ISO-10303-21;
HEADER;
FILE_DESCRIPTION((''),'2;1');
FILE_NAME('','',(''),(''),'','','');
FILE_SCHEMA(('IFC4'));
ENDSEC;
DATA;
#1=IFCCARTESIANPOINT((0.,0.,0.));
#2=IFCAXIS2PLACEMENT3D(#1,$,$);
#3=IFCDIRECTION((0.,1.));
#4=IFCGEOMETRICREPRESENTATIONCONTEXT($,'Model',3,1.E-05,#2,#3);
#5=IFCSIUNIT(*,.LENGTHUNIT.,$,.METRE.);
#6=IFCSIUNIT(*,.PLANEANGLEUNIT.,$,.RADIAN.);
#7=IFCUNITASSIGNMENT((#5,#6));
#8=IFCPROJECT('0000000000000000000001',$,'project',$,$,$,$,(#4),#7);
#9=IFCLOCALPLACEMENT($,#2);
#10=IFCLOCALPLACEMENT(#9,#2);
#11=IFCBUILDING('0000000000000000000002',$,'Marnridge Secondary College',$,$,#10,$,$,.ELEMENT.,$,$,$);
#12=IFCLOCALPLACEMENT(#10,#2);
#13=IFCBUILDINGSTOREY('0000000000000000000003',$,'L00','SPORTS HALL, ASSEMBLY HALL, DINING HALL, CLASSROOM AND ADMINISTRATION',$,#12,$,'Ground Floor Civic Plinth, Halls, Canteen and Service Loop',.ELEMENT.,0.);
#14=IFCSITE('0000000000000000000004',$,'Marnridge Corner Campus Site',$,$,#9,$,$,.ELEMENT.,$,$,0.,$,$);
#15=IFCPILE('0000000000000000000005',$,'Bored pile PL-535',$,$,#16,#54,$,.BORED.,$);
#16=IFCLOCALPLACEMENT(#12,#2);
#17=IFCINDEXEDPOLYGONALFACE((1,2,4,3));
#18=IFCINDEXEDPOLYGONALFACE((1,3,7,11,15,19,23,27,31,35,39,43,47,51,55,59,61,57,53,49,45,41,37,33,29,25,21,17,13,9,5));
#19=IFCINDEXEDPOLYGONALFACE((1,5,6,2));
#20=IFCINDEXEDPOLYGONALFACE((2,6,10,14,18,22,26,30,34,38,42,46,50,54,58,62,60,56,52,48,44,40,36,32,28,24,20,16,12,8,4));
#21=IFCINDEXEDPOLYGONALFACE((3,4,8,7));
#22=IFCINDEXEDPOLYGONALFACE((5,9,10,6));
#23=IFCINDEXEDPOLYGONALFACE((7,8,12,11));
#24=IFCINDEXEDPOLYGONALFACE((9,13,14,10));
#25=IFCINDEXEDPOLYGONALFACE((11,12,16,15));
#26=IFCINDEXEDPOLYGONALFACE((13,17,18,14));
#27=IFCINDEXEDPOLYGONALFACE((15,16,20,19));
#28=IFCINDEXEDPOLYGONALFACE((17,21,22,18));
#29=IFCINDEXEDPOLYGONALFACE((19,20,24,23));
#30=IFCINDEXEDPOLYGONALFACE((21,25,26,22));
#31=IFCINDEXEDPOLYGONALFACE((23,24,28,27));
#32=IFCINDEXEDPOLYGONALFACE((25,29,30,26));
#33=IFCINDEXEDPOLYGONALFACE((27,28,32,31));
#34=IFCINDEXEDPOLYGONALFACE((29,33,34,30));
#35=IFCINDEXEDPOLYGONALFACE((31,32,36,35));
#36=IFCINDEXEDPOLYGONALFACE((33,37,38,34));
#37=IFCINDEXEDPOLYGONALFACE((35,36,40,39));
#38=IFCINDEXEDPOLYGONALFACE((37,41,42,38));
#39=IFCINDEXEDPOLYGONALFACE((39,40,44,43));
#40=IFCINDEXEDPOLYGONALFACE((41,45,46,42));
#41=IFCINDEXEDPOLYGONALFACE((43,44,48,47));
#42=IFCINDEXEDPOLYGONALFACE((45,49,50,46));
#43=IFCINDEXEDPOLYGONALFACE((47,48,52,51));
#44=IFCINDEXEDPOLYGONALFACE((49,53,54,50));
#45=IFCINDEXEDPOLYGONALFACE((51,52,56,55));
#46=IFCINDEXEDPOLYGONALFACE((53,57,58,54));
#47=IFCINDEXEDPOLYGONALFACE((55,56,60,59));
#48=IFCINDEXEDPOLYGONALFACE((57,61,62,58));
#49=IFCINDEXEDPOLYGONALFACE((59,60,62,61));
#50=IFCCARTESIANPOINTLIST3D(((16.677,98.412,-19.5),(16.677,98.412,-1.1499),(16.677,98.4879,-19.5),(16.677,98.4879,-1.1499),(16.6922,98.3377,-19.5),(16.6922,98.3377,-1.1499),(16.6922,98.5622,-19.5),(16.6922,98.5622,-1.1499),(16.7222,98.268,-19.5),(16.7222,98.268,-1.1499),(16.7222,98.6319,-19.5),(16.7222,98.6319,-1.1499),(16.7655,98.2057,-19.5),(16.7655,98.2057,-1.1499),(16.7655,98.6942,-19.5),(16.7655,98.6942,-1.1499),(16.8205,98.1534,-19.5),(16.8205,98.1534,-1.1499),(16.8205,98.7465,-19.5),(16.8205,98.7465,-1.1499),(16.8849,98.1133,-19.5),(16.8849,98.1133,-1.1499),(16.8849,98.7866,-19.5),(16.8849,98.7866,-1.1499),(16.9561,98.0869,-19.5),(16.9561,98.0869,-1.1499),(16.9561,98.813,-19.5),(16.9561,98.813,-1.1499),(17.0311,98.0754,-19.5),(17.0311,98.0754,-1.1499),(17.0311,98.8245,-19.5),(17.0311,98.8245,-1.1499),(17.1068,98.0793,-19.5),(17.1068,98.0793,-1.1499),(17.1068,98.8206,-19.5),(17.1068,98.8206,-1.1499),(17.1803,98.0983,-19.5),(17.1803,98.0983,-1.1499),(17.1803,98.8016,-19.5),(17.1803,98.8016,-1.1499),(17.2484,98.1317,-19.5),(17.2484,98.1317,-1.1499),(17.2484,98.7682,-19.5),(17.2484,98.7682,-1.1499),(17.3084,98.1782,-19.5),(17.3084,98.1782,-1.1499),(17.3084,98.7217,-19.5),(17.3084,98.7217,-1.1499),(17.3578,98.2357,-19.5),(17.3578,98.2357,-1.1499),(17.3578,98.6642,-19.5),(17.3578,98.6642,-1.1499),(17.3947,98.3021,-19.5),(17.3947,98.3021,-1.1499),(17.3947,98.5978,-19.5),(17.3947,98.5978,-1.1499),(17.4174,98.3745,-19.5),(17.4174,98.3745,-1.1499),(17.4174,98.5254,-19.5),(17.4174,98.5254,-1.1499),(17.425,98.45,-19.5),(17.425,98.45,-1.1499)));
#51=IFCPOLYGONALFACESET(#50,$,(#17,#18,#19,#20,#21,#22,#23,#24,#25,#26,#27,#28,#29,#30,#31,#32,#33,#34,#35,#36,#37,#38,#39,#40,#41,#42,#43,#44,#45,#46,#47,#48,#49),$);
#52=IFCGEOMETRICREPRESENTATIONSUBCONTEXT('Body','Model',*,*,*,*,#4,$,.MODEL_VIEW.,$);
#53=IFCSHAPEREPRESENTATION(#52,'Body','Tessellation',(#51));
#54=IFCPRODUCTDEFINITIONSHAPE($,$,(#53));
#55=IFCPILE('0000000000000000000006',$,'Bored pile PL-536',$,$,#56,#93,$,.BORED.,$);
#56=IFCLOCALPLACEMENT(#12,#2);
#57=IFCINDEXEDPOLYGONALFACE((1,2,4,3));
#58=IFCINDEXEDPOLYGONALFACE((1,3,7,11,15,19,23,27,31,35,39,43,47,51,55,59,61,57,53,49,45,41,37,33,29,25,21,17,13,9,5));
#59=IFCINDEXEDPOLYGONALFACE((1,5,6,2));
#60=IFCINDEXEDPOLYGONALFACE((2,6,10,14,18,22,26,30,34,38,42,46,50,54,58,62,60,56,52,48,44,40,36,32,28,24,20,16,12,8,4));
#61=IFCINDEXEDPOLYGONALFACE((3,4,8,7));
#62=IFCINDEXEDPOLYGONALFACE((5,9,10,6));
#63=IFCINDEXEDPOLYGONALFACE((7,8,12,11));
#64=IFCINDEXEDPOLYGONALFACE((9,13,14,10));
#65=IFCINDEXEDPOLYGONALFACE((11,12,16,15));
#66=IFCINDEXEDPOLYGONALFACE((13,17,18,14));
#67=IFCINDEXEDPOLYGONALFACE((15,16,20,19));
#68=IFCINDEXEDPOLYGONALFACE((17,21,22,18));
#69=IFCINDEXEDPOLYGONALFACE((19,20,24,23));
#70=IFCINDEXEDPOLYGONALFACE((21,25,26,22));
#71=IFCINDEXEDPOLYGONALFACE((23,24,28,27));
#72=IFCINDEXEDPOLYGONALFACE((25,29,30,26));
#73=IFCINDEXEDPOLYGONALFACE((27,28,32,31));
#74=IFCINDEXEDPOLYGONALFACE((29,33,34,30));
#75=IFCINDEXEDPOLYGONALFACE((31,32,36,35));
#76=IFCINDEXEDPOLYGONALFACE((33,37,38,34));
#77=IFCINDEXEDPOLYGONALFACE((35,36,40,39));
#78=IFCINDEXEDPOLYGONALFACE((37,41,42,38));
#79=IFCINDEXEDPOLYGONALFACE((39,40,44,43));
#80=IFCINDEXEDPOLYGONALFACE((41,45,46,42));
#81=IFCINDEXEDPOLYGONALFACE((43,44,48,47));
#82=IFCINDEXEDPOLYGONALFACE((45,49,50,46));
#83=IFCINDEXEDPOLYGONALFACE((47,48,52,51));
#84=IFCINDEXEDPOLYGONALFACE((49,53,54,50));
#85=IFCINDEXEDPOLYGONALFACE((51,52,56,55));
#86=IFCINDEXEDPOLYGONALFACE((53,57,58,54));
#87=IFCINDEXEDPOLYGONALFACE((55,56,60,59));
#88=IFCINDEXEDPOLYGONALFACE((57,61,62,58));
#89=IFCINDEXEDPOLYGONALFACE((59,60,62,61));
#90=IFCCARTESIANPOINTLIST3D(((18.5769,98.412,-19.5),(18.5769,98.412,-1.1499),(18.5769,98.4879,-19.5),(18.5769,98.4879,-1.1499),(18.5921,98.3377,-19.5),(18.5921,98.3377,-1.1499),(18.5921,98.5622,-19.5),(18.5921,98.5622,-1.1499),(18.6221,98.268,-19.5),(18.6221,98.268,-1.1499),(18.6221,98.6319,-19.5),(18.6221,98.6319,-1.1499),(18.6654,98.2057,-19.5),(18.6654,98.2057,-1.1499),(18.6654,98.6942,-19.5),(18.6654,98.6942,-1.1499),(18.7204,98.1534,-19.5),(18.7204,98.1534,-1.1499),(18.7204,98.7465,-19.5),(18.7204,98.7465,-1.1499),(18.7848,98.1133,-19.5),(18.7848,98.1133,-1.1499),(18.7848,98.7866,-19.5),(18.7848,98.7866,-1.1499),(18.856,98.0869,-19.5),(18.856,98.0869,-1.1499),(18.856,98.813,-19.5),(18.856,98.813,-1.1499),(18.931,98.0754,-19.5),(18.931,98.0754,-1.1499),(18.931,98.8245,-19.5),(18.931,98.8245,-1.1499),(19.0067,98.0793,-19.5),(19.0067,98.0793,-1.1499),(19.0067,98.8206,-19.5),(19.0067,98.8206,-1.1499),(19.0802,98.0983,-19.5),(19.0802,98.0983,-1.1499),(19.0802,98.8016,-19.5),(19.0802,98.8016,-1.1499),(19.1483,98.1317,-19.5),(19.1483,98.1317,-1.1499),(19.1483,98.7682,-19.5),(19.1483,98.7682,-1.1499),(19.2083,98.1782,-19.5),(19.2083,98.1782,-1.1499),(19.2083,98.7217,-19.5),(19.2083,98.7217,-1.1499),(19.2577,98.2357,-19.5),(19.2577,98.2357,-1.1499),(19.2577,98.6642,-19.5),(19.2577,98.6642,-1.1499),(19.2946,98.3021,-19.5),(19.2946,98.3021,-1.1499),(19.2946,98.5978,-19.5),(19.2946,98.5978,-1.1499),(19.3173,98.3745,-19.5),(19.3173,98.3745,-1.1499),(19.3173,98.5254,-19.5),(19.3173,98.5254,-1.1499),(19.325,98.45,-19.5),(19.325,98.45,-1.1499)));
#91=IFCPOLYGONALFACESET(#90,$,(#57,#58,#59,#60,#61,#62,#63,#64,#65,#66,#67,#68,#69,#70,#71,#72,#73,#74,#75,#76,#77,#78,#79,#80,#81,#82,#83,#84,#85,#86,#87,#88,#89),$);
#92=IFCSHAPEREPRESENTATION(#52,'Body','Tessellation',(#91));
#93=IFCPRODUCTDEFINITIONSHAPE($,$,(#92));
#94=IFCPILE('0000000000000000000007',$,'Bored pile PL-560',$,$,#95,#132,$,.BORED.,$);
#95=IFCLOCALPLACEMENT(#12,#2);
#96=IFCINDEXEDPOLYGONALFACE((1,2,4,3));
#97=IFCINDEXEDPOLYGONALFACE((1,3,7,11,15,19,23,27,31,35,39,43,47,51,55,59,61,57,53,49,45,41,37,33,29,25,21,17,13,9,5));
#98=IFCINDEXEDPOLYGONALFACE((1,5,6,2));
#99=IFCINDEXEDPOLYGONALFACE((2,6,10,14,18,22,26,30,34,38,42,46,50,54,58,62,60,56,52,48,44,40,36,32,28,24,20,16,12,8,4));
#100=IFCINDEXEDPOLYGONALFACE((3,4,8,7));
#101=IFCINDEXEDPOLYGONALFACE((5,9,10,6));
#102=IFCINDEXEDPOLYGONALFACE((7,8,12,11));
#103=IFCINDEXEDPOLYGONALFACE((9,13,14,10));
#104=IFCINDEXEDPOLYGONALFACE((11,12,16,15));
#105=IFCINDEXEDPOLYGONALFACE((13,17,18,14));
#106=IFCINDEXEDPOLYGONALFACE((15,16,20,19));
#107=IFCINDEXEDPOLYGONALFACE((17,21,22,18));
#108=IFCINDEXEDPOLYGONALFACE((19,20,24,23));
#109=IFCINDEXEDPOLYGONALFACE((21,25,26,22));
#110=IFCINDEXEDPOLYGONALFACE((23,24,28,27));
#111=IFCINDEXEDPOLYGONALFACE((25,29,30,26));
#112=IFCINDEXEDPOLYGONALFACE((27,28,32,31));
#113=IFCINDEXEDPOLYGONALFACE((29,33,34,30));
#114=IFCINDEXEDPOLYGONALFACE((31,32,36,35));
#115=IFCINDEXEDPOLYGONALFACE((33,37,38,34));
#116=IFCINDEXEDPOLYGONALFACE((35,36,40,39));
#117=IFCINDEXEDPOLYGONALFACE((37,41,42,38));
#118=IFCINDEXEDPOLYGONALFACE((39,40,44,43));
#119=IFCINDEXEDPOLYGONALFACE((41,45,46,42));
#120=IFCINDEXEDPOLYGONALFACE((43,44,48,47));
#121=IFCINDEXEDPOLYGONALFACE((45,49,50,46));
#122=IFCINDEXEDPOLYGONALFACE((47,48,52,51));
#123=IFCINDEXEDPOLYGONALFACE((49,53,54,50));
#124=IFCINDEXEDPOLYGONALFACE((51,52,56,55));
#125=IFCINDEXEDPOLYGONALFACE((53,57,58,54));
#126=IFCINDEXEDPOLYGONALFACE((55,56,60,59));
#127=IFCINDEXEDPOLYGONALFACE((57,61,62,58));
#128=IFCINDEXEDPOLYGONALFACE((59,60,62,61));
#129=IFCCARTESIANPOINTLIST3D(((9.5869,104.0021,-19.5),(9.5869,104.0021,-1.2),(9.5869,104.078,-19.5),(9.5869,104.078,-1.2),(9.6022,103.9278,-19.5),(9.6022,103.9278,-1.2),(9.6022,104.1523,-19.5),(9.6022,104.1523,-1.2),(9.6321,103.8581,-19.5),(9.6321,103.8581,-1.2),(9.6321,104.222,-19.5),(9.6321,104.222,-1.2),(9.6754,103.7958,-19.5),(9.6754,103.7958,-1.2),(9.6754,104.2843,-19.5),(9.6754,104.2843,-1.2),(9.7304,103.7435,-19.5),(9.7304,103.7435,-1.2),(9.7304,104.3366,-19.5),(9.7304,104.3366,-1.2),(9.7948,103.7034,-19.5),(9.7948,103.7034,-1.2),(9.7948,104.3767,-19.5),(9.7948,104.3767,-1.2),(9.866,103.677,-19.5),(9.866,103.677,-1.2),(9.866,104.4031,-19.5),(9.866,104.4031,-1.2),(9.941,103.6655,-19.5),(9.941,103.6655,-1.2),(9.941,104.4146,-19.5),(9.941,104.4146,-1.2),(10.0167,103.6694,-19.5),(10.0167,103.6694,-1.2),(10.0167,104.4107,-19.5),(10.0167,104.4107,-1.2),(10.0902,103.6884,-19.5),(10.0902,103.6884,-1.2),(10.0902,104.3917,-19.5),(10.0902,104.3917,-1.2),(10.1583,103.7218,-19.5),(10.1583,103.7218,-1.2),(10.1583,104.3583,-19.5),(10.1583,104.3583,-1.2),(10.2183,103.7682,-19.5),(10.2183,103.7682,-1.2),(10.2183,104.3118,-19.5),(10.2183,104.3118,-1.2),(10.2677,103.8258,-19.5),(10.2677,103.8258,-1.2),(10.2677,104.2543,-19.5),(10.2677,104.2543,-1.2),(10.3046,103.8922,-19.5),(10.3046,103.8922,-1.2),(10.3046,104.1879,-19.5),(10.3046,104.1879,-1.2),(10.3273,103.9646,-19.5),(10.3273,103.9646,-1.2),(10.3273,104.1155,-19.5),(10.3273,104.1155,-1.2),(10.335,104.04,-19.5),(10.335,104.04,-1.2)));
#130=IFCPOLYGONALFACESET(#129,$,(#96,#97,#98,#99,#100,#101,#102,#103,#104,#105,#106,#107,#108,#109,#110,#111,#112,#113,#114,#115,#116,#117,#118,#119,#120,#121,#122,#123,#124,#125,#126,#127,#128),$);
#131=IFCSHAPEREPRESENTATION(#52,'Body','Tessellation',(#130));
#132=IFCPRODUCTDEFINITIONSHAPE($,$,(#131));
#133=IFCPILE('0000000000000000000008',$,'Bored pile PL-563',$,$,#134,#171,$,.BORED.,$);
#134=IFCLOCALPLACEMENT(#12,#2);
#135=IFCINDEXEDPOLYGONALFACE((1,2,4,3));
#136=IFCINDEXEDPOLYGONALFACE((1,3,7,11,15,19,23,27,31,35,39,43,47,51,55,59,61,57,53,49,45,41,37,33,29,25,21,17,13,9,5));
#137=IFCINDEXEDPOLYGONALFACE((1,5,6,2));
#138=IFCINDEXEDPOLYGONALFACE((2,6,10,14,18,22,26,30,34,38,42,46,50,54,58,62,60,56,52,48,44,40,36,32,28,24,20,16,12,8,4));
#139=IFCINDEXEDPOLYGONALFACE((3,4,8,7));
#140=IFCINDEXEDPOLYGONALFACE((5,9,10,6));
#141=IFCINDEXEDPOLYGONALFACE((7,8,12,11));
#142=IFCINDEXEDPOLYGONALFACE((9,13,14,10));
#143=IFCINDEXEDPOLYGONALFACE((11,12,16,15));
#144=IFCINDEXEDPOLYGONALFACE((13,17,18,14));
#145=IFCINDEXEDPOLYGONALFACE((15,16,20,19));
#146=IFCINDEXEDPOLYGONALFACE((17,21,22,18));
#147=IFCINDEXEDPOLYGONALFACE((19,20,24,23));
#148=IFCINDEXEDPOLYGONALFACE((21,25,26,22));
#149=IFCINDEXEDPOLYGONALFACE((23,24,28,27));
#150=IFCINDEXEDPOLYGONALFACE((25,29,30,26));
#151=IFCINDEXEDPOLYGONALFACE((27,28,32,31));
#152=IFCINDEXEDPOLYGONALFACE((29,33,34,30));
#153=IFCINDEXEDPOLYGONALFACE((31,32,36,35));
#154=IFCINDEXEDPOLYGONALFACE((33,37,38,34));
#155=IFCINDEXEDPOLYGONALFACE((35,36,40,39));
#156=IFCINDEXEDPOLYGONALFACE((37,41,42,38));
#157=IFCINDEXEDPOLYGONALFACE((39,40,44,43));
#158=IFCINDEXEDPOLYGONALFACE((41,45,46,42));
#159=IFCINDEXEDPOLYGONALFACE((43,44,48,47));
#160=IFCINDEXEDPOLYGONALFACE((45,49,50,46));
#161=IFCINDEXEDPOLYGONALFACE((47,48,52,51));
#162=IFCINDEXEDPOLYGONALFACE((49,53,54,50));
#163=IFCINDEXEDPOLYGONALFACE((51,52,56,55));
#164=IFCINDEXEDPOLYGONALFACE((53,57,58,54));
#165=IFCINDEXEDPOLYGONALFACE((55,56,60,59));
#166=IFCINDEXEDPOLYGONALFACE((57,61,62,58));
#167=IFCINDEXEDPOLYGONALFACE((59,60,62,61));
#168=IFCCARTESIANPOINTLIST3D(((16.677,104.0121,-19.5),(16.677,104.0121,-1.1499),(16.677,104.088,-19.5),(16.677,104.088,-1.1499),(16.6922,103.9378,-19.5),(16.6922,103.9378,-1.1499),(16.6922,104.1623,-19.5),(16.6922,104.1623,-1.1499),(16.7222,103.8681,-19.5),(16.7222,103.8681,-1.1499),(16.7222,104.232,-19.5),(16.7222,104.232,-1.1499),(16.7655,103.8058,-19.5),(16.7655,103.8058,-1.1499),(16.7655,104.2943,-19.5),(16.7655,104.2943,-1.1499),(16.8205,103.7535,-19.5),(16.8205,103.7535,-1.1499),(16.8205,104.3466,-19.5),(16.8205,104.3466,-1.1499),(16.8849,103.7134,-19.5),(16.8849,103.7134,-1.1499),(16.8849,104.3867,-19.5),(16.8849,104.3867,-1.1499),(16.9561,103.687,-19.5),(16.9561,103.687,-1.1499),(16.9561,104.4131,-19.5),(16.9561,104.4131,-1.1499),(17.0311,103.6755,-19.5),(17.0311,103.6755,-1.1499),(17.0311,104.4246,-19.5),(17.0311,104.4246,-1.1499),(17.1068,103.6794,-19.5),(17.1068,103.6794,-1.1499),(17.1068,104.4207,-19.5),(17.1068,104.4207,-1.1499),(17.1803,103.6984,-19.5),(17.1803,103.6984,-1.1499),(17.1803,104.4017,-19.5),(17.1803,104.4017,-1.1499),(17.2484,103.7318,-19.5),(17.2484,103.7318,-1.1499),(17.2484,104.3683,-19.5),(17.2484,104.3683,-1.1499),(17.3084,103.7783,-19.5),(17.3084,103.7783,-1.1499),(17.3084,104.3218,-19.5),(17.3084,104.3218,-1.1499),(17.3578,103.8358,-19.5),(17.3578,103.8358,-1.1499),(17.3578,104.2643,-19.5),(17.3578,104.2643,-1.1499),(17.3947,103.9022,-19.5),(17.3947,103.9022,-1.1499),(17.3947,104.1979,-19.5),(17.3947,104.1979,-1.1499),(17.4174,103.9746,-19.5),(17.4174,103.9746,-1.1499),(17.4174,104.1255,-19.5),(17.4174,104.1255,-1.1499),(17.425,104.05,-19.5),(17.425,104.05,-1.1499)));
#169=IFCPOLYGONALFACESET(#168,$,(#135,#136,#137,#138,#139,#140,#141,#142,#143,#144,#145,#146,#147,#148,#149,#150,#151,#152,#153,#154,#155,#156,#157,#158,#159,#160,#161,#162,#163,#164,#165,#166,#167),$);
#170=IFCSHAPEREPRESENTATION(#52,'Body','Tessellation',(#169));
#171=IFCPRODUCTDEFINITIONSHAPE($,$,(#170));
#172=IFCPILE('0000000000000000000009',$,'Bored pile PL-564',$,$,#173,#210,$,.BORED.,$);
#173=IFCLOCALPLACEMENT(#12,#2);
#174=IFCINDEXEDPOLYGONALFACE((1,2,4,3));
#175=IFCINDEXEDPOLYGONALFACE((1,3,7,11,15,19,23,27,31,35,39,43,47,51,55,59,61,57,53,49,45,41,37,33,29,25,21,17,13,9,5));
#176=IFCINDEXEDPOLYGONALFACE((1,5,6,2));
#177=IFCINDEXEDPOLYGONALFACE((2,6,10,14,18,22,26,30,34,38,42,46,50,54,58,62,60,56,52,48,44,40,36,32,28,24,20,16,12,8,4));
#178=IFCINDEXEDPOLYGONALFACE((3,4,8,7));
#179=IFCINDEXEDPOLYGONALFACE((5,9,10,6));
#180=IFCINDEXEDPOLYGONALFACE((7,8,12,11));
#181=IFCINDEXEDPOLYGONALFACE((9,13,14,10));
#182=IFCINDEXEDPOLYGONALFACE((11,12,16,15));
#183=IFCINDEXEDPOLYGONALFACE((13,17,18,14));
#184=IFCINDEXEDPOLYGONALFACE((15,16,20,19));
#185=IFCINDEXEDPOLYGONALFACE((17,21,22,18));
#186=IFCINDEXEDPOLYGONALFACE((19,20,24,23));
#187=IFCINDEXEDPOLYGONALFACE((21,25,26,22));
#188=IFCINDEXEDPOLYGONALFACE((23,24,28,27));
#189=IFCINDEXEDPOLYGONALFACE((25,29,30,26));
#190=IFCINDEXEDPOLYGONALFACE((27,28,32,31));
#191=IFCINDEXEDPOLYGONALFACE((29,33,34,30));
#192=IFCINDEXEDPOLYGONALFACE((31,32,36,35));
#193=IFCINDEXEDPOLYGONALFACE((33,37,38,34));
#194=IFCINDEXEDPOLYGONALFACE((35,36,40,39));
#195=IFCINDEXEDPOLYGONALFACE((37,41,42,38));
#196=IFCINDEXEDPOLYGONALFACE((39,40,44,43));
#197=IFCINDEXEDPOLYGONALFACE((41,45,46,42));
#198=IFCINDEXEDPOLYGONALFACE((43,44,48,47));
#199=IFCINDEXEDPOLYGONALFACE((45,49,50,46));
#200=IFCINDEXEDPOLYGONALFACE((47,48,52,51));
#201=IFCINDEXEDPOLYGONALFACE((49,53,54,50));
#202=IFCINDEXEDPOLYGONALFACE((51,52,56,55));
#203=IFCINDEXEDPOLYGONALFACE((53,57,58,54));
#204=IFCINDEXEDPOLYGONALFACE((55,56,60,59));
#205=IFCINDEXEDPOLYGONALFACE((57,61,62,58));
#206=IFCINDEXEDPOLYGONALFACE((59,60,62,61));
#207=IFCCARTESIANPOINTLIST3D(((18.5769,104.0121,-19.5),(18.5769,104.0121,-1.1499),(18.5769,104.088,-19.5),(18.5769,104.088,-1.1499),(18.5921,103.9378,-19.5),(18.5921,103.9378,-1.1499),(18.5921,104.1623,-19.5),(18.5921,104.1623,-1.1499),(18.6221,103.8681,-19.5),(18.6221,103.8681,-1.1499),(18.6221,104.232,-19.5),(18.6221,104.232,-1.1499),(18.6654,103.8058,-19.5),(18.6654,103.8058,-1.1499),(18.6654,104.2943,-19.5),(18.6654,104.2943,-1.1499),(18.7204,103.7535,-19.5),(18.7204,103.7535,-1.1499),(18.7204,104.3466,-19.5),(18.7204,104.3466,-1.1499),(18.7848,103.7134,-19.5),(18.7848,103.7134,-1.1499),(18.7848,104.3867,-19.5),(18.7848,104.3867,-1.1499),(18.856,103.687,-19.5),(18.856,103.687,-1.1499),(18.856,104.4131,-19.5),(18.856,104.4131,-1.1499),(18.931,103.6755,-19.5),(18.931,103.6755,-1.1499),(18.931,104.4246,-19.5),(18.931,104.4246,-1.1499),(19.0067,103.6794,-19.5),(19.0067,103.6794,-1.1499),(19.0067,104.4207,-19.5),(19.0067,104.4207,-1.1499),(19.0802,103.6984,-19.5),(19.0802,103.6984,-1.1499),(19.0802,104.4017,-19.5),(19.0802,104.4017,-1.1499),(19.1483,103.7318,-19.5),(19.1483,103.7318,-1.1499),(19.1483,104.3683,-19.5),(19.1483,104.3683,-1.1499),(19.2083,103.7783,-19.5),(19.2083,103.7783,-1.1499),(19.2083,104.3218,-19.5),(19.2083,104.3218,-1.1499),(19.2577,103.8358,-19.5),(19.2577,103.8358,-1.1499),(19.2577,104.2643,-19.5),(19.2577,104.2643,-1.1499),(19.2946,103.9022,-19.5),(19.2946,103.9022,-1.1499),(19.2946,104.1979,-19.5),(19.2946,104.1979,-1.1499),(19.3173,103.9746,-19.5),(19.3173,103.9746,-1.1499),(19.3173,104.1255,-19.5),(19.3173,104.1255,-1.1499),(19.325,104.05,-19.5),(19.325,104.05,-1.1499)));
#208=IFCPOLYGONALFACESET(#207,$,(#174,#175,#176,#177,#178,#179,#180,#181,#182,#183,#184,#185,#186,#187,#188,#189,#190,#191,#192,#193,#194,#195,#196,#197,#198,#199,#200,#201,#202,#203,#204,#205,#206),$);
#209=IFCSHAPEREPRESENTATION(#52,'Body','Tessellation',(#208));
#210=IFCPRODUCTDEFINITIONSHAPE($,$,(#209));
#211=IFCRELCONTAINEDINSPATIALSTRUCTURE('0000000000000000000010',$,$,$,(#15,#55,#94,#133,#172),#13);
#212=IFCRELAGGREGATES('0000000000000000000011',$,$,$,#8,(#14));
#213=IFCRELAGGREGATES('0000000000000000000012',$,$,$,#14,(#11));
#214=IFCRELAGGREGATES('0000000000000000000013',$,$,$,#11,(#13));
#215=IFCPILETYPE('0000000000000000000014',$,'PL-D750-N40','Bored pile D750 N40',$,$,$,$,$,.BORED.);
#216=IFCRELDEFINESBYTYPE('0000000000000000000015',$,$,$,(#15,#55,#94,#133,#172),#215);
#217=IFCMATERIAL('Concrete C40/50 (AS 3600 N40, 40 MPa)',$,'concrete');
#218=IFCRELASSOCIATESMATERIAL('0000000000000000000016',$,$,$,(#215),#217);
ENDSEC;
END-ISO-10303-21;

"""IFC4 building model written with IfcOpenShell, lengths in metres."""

from ifc_helpers import new_model, si_unit, direction, frame, origin, origin_2d, place, context, subcontext, project, spatial, circle, extrude, material, material_profile, profile_set, type_object, element, save


model = new_model("IFC4")

# Units and contexts
model_context = context("Model", 3, precision=1e-05, world=origin(), true_north=direction((0.0, 1.0)))
body_context = subcontext(model_context, "Body", "Model", "MODEL_VIEW")
ifc_project = project(units=[si_unit("LENGTHUNIT", "METRE"), si_unit("PLANEANGLEUNIT", "RADIAN")], contexts=[model_context])

# Site, building, storey
site_placement = place(None, origin())
site = spatial("IfcSite", under=ifc_project, at=site_placement, Name="Marnridge Corner Campus Site", CompositionType="ELEMENT", RefElevation=0.0)
building_placement = place(site_placement, origin())
building = spatial("IfcBuilding", under=site, at=building_placement, Name="Marnridge Secondary College", CompositionType="ELEMENT")
storey_placement = place(building_placement, origin())
storey = spatial("IfcBuildingStorey", under=building, at=storey_placement, Name="L00", Description="SPORTS HALL, ASSEMBLY HALL, DINING HALL, CLASSROOM AND ADMINISTRATION", LongName="Ground Floor Civic Plinth, Halls, Canteen and Service Loop", CompositionType="ELEMENT", Elevation=0.0)

# Piles
ifc_material_1 = material(Name="Concrete C40/50 (AS 3600 N40, 40 MPa)", Category="concrete")
ifc_material_profile_1 = material_profile(ifc_material_1, circle(Radius=0.375, at=origin_2d()), Name="PILE D750")
ifc_profile_set_1 = profile_set([ifc_material_profile_1], Name="Concrete C40/50 (AS 3600 N40, 40 MPa)")
pile_type = type_object("IfcPileType", Name="PL-D750-N40", Description="Bored pile D750 N40", PredefinedType="BORED", material=ifc_profile_set_1)
for number, where, z_axis, x_axis, name in (
    (1, (17.05, 98.45, -1.1499), (0.0, 0.0, -1.0), (1.0, 0.0, 0.0), "Bored pile PL-535"),
    (2, (18.95, 98.45, -1.1499), (0.0, 0.0, -1.0), (1.0, 0.0, 0.0), "Bored pile PL-536"),
):
    element("IfcPile", number, at=place(storey_placement, frame(where, z_axis=z_axis, x_axis=x_axis)), inside=storey, type_object=pile_type, Name=name, PredefinedType="BORED", context=body_context, shape_type="SweptSolid", body=[
        extrude(circle(Radius=0.375, at=origin_2d()), origin(), (0.0, 0.0, 1.0), 18.3501),
    ])
pile_placement = place(storey_placement, frame((9.96, 104.04, -1.2), z_axis=(0.0, 0.0, -1.0), x_axis=(1.0, 0.0, 0.0)))
element("IfcPile", 3, at=pile_placement, inside=storey, type_object=pile_type, Name="Bored pile PL-560", PredefinedType="BORED", context=body_context, shape_type="SweptSolid", body=[
    extrude(circle(Radius=0.375, at=origin_2d()), origin(), (0.0, 0.0, 1.0), 18.3),
])
for number, where, z_axis, x_axis, name in (
    (4, (17.05, 104.05, -1.1499), (0.0, 0.0, -1.0), (1.0, 0.0, 0.0), "Bored pile PL-563"),
    (5, (18.95, 104.05, -1.1499), (0.0, 0.0, -1.0), (1.0, 0.0, 0.0), "Bored pile PL-564"),
):
    element("IfcPile", number, at=place(storey_placement, frame(where, z_axis=z_axis, x_axis=x_axis)), inside=storey, type_object=pile_type, Name=name, PredefinedType="BORED", context=body_context, shape_type="SweptSolid", body=[
        extrude(circle(Radius=0.375, at=origin_2d()), origin(), (0.0, 0.0, 1.0), 18.3501),
    ])

save(model, "model.ifc")
